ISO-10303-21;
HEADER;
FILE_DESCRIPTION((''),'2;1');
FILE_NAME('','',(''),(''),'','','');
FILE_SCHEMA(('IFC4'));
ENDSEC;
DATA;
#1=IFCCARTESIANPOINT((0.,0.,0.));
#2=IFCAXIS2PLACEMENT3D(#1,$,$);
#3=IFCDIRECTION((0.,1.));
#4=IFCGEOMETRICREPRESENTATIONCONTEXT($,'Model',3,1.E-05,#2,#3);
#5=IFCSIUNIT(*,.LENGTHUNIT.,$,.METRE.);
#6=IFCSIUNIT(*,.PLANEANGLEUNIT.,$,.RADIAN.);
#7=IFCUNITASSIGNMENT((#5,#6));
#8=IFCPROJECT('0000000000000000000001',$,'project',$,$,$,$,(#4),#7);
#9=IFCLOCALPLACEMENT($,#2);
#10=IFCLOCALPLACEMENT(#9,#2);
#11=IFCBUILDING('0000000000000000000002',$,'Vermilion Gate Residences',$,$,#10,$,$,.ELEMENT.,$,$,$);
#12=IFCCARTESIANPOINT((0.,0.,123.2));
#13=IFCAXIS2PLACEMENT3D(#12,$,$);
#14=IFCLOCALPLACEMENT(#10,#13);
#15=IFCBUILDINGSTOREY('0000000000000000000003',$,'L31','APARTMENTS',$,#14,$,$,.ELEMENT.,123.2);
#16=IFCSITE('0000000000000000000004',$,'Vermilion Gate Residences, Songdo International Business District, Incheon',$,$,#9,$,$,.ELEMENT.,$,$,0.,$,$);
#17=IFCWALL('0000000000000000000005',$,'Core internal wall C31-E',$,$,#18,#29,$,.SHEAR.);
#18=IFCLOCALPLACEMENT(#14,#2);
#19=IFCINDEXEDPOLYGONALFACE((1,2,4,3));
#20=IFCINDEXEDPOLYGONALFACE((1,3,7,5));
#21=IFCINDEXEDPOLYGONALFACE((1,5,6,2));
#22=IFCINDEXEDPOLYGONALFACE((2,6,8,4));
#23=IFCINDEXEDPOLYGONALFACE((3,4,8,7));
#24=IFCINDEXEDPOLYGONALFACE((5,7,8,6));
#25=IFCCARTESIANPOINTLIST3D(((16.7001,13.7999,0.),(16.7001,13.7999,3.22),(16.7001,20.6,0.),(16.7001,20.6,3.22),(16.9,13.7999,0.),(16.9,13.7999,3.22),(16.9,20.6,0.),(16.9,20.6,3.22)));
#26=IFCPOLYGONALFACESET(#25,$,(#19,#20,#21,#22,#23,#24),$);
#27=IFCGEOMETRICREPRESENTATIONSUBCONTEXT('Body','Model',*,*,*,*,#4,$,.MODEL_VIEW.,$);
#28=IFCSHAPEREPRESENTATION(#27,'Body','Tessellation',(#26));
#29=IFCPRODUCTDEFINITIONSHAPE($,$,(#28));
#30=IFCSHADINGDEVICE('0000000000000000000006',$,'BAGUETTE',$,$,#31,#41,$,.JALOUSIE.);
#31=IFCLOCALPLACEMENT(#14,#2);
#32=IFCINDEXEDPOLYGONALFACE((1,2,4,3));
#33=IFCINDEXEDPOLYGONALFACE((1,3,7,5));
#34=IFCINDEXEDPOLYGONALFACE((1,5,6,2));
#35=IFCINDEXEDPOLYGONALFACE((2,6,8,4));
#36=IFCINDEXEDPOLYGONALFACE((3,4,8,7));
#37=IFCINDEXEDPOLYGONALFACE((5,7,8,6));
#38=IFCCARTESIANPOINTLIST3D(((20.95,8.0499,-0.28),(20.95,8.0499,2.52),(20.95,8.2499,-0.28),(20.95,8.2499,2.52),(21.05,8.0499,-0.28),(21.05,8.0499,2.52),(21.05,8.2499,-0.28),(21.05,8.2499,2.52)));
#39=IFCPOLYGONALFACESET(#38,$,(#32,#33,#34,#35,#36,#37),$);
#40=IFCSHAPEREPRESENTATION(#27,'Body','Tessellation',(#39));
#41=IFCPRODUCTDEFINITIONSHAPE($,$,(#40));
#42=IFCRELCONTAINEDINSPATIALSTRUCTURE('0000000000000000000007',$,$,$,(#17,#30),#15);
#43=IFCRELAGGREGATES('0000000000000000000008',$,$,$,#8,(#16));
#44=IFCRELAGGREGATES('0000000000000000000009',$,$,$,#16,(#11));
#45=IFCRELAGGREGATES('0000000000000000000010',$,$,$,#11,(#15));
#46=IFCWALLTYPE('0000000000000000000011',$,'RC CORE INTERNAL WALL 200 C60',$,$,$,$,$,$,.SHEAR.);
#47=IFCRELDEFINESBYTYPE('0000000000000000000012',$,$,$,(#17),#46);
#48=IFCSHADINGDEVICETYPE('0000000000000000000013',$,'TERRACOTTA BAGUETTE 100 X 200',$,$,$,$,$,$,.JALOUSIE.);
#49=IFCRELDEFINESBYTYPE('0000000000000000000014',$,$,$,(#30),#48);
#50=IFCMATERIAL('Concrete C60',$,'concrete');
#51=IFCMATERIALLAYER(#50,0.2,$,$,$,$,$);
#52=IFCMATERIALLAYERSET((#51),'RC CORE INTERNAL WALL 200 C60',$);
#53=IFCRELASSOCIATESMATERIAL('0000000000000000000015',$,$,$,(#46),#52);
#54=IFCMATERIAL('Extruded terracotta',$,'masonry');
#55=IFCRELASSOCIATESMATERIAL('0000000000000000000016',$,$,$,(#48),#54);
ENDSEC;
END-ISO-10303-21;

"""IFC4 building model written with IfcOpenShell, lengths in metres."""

from ifc_helpers import new_model, si_unit, direction, frame, frame_2d, origin, origin_2d, place, context, subcontext, project, spatial, rectangle, extrude, material, layer, layer_set, material_profile, profile_set, type_object, element, save


model = new_model("IFC4")

# Units and contexts
model_context = context("Model", 3, precision=1e-05, world=origin(), true_north=direction((0.0, 1.0)))
body_context = subcontext(model_context, "Body", "Model", "MODEL_VIEW")
ifc_project = project(units=[si_unit("LENGTHUNIT", "METRE"), si_unit("PLANEANGLEUNIT", "RADIAN")], contexts=[model_context])

# Site, building, storey
site_placement = place(None, origin())
site = spatial("IfcSite", under=ifc_project, at=site_placement, Name="Vermilion Gate Residences, Songdo International Business District, Incheon", CompositionType="ELEMENT", RefElevation=0.0)
building_placement = place(site_placement, origin())
building = spatial("IfcBuilding", under=site, at=building_placement, Name="Vermilion Gate Residences", CompositionType="ELEMENT")
storey_placement = place(building_placement, frame((0.0, 0.0, 123.2)))
storey = spatial("IfcBuildingStorey", under=building, at=storey_placement, Name="L31", Description="APARTMENTS", CompositionType="ELEMENT", Elevation=123.2)

# Wall
ifc_material_1 = material(Name="Concrete C60", Category="concrete")
ifc_layer_1 = layer(ifc_material_1, 0.2)
ifc_layer_set_1 = layer_set([ifc_layer_1], Name="RC CORE INTERNAL WALL 200 C60")
wall_type_1 = type_object("IfcWallType", Name="RC CORE INTERNAL WALL 200 C60", PredefinedType="SHEAR", material=ifc_layer_set_1)
wall_1_placement = place(storey_placement, frame((16.8, 13.8, 0.0), z_axis=(0.0, 0.0, 1.0), x_axis=(0.0, 1.0, 0.0)))
element("IfcWall", 1, at=wall_1_placement, inside=storey, type_object=wall_type_1, Name="Core internal wall C31-E", PredefinedType="SHEAR", context=body_context, shape_type="SweptSolid", body=[
    extrude(rectangle(XDim=6.8, YDim=0.2, at=frame_2d((3.3999, 0.0))), origin(), (0.0, 0.0, 1.0), 3.22),
])

# Shading device
ifc_material_2 = material(Name="Extruded terracotta", Category="masonry")
ifc_material_profile_1 = material_profile(ifc_material_2, rectangle(XDim=0.2, YDim=0.1001, at=origin_2d()), Name="BAGUETTE 100 X 200")
ifc_profile_set_1 = profile_set([ifc_material_profile_1], Name="Extruded terracotta")
shading_device_type = type_object("IfcShadingDeviceType", Name="TERRACOTTA BAGUETTE 100 X 200", PredefinedType="JALOUSIE", material=ifc_profile_set_1)
shading_device_placement = place(storey_placement, frame((21.0, 8.1499, -0.28), z_axis=(0.0, 0.0, 1.0), x_axis=(0.0, 1.0, 0.0)))
element("IfcShadingDevice", 2, at=shading_device_placement, inside=storey, type_object=shading_device_type, Name="BAGUETTE", PredefinedType="JALOUSIE", context=body_context, shape_type="SweptSolid", body=[
    extrude(rectangle(XDim=0.2, YDim=0.1001, at=origin_2d()), origin(), (0.0, 0.0, 1.0), 2.8),
])

save(model, "model.ifc")
